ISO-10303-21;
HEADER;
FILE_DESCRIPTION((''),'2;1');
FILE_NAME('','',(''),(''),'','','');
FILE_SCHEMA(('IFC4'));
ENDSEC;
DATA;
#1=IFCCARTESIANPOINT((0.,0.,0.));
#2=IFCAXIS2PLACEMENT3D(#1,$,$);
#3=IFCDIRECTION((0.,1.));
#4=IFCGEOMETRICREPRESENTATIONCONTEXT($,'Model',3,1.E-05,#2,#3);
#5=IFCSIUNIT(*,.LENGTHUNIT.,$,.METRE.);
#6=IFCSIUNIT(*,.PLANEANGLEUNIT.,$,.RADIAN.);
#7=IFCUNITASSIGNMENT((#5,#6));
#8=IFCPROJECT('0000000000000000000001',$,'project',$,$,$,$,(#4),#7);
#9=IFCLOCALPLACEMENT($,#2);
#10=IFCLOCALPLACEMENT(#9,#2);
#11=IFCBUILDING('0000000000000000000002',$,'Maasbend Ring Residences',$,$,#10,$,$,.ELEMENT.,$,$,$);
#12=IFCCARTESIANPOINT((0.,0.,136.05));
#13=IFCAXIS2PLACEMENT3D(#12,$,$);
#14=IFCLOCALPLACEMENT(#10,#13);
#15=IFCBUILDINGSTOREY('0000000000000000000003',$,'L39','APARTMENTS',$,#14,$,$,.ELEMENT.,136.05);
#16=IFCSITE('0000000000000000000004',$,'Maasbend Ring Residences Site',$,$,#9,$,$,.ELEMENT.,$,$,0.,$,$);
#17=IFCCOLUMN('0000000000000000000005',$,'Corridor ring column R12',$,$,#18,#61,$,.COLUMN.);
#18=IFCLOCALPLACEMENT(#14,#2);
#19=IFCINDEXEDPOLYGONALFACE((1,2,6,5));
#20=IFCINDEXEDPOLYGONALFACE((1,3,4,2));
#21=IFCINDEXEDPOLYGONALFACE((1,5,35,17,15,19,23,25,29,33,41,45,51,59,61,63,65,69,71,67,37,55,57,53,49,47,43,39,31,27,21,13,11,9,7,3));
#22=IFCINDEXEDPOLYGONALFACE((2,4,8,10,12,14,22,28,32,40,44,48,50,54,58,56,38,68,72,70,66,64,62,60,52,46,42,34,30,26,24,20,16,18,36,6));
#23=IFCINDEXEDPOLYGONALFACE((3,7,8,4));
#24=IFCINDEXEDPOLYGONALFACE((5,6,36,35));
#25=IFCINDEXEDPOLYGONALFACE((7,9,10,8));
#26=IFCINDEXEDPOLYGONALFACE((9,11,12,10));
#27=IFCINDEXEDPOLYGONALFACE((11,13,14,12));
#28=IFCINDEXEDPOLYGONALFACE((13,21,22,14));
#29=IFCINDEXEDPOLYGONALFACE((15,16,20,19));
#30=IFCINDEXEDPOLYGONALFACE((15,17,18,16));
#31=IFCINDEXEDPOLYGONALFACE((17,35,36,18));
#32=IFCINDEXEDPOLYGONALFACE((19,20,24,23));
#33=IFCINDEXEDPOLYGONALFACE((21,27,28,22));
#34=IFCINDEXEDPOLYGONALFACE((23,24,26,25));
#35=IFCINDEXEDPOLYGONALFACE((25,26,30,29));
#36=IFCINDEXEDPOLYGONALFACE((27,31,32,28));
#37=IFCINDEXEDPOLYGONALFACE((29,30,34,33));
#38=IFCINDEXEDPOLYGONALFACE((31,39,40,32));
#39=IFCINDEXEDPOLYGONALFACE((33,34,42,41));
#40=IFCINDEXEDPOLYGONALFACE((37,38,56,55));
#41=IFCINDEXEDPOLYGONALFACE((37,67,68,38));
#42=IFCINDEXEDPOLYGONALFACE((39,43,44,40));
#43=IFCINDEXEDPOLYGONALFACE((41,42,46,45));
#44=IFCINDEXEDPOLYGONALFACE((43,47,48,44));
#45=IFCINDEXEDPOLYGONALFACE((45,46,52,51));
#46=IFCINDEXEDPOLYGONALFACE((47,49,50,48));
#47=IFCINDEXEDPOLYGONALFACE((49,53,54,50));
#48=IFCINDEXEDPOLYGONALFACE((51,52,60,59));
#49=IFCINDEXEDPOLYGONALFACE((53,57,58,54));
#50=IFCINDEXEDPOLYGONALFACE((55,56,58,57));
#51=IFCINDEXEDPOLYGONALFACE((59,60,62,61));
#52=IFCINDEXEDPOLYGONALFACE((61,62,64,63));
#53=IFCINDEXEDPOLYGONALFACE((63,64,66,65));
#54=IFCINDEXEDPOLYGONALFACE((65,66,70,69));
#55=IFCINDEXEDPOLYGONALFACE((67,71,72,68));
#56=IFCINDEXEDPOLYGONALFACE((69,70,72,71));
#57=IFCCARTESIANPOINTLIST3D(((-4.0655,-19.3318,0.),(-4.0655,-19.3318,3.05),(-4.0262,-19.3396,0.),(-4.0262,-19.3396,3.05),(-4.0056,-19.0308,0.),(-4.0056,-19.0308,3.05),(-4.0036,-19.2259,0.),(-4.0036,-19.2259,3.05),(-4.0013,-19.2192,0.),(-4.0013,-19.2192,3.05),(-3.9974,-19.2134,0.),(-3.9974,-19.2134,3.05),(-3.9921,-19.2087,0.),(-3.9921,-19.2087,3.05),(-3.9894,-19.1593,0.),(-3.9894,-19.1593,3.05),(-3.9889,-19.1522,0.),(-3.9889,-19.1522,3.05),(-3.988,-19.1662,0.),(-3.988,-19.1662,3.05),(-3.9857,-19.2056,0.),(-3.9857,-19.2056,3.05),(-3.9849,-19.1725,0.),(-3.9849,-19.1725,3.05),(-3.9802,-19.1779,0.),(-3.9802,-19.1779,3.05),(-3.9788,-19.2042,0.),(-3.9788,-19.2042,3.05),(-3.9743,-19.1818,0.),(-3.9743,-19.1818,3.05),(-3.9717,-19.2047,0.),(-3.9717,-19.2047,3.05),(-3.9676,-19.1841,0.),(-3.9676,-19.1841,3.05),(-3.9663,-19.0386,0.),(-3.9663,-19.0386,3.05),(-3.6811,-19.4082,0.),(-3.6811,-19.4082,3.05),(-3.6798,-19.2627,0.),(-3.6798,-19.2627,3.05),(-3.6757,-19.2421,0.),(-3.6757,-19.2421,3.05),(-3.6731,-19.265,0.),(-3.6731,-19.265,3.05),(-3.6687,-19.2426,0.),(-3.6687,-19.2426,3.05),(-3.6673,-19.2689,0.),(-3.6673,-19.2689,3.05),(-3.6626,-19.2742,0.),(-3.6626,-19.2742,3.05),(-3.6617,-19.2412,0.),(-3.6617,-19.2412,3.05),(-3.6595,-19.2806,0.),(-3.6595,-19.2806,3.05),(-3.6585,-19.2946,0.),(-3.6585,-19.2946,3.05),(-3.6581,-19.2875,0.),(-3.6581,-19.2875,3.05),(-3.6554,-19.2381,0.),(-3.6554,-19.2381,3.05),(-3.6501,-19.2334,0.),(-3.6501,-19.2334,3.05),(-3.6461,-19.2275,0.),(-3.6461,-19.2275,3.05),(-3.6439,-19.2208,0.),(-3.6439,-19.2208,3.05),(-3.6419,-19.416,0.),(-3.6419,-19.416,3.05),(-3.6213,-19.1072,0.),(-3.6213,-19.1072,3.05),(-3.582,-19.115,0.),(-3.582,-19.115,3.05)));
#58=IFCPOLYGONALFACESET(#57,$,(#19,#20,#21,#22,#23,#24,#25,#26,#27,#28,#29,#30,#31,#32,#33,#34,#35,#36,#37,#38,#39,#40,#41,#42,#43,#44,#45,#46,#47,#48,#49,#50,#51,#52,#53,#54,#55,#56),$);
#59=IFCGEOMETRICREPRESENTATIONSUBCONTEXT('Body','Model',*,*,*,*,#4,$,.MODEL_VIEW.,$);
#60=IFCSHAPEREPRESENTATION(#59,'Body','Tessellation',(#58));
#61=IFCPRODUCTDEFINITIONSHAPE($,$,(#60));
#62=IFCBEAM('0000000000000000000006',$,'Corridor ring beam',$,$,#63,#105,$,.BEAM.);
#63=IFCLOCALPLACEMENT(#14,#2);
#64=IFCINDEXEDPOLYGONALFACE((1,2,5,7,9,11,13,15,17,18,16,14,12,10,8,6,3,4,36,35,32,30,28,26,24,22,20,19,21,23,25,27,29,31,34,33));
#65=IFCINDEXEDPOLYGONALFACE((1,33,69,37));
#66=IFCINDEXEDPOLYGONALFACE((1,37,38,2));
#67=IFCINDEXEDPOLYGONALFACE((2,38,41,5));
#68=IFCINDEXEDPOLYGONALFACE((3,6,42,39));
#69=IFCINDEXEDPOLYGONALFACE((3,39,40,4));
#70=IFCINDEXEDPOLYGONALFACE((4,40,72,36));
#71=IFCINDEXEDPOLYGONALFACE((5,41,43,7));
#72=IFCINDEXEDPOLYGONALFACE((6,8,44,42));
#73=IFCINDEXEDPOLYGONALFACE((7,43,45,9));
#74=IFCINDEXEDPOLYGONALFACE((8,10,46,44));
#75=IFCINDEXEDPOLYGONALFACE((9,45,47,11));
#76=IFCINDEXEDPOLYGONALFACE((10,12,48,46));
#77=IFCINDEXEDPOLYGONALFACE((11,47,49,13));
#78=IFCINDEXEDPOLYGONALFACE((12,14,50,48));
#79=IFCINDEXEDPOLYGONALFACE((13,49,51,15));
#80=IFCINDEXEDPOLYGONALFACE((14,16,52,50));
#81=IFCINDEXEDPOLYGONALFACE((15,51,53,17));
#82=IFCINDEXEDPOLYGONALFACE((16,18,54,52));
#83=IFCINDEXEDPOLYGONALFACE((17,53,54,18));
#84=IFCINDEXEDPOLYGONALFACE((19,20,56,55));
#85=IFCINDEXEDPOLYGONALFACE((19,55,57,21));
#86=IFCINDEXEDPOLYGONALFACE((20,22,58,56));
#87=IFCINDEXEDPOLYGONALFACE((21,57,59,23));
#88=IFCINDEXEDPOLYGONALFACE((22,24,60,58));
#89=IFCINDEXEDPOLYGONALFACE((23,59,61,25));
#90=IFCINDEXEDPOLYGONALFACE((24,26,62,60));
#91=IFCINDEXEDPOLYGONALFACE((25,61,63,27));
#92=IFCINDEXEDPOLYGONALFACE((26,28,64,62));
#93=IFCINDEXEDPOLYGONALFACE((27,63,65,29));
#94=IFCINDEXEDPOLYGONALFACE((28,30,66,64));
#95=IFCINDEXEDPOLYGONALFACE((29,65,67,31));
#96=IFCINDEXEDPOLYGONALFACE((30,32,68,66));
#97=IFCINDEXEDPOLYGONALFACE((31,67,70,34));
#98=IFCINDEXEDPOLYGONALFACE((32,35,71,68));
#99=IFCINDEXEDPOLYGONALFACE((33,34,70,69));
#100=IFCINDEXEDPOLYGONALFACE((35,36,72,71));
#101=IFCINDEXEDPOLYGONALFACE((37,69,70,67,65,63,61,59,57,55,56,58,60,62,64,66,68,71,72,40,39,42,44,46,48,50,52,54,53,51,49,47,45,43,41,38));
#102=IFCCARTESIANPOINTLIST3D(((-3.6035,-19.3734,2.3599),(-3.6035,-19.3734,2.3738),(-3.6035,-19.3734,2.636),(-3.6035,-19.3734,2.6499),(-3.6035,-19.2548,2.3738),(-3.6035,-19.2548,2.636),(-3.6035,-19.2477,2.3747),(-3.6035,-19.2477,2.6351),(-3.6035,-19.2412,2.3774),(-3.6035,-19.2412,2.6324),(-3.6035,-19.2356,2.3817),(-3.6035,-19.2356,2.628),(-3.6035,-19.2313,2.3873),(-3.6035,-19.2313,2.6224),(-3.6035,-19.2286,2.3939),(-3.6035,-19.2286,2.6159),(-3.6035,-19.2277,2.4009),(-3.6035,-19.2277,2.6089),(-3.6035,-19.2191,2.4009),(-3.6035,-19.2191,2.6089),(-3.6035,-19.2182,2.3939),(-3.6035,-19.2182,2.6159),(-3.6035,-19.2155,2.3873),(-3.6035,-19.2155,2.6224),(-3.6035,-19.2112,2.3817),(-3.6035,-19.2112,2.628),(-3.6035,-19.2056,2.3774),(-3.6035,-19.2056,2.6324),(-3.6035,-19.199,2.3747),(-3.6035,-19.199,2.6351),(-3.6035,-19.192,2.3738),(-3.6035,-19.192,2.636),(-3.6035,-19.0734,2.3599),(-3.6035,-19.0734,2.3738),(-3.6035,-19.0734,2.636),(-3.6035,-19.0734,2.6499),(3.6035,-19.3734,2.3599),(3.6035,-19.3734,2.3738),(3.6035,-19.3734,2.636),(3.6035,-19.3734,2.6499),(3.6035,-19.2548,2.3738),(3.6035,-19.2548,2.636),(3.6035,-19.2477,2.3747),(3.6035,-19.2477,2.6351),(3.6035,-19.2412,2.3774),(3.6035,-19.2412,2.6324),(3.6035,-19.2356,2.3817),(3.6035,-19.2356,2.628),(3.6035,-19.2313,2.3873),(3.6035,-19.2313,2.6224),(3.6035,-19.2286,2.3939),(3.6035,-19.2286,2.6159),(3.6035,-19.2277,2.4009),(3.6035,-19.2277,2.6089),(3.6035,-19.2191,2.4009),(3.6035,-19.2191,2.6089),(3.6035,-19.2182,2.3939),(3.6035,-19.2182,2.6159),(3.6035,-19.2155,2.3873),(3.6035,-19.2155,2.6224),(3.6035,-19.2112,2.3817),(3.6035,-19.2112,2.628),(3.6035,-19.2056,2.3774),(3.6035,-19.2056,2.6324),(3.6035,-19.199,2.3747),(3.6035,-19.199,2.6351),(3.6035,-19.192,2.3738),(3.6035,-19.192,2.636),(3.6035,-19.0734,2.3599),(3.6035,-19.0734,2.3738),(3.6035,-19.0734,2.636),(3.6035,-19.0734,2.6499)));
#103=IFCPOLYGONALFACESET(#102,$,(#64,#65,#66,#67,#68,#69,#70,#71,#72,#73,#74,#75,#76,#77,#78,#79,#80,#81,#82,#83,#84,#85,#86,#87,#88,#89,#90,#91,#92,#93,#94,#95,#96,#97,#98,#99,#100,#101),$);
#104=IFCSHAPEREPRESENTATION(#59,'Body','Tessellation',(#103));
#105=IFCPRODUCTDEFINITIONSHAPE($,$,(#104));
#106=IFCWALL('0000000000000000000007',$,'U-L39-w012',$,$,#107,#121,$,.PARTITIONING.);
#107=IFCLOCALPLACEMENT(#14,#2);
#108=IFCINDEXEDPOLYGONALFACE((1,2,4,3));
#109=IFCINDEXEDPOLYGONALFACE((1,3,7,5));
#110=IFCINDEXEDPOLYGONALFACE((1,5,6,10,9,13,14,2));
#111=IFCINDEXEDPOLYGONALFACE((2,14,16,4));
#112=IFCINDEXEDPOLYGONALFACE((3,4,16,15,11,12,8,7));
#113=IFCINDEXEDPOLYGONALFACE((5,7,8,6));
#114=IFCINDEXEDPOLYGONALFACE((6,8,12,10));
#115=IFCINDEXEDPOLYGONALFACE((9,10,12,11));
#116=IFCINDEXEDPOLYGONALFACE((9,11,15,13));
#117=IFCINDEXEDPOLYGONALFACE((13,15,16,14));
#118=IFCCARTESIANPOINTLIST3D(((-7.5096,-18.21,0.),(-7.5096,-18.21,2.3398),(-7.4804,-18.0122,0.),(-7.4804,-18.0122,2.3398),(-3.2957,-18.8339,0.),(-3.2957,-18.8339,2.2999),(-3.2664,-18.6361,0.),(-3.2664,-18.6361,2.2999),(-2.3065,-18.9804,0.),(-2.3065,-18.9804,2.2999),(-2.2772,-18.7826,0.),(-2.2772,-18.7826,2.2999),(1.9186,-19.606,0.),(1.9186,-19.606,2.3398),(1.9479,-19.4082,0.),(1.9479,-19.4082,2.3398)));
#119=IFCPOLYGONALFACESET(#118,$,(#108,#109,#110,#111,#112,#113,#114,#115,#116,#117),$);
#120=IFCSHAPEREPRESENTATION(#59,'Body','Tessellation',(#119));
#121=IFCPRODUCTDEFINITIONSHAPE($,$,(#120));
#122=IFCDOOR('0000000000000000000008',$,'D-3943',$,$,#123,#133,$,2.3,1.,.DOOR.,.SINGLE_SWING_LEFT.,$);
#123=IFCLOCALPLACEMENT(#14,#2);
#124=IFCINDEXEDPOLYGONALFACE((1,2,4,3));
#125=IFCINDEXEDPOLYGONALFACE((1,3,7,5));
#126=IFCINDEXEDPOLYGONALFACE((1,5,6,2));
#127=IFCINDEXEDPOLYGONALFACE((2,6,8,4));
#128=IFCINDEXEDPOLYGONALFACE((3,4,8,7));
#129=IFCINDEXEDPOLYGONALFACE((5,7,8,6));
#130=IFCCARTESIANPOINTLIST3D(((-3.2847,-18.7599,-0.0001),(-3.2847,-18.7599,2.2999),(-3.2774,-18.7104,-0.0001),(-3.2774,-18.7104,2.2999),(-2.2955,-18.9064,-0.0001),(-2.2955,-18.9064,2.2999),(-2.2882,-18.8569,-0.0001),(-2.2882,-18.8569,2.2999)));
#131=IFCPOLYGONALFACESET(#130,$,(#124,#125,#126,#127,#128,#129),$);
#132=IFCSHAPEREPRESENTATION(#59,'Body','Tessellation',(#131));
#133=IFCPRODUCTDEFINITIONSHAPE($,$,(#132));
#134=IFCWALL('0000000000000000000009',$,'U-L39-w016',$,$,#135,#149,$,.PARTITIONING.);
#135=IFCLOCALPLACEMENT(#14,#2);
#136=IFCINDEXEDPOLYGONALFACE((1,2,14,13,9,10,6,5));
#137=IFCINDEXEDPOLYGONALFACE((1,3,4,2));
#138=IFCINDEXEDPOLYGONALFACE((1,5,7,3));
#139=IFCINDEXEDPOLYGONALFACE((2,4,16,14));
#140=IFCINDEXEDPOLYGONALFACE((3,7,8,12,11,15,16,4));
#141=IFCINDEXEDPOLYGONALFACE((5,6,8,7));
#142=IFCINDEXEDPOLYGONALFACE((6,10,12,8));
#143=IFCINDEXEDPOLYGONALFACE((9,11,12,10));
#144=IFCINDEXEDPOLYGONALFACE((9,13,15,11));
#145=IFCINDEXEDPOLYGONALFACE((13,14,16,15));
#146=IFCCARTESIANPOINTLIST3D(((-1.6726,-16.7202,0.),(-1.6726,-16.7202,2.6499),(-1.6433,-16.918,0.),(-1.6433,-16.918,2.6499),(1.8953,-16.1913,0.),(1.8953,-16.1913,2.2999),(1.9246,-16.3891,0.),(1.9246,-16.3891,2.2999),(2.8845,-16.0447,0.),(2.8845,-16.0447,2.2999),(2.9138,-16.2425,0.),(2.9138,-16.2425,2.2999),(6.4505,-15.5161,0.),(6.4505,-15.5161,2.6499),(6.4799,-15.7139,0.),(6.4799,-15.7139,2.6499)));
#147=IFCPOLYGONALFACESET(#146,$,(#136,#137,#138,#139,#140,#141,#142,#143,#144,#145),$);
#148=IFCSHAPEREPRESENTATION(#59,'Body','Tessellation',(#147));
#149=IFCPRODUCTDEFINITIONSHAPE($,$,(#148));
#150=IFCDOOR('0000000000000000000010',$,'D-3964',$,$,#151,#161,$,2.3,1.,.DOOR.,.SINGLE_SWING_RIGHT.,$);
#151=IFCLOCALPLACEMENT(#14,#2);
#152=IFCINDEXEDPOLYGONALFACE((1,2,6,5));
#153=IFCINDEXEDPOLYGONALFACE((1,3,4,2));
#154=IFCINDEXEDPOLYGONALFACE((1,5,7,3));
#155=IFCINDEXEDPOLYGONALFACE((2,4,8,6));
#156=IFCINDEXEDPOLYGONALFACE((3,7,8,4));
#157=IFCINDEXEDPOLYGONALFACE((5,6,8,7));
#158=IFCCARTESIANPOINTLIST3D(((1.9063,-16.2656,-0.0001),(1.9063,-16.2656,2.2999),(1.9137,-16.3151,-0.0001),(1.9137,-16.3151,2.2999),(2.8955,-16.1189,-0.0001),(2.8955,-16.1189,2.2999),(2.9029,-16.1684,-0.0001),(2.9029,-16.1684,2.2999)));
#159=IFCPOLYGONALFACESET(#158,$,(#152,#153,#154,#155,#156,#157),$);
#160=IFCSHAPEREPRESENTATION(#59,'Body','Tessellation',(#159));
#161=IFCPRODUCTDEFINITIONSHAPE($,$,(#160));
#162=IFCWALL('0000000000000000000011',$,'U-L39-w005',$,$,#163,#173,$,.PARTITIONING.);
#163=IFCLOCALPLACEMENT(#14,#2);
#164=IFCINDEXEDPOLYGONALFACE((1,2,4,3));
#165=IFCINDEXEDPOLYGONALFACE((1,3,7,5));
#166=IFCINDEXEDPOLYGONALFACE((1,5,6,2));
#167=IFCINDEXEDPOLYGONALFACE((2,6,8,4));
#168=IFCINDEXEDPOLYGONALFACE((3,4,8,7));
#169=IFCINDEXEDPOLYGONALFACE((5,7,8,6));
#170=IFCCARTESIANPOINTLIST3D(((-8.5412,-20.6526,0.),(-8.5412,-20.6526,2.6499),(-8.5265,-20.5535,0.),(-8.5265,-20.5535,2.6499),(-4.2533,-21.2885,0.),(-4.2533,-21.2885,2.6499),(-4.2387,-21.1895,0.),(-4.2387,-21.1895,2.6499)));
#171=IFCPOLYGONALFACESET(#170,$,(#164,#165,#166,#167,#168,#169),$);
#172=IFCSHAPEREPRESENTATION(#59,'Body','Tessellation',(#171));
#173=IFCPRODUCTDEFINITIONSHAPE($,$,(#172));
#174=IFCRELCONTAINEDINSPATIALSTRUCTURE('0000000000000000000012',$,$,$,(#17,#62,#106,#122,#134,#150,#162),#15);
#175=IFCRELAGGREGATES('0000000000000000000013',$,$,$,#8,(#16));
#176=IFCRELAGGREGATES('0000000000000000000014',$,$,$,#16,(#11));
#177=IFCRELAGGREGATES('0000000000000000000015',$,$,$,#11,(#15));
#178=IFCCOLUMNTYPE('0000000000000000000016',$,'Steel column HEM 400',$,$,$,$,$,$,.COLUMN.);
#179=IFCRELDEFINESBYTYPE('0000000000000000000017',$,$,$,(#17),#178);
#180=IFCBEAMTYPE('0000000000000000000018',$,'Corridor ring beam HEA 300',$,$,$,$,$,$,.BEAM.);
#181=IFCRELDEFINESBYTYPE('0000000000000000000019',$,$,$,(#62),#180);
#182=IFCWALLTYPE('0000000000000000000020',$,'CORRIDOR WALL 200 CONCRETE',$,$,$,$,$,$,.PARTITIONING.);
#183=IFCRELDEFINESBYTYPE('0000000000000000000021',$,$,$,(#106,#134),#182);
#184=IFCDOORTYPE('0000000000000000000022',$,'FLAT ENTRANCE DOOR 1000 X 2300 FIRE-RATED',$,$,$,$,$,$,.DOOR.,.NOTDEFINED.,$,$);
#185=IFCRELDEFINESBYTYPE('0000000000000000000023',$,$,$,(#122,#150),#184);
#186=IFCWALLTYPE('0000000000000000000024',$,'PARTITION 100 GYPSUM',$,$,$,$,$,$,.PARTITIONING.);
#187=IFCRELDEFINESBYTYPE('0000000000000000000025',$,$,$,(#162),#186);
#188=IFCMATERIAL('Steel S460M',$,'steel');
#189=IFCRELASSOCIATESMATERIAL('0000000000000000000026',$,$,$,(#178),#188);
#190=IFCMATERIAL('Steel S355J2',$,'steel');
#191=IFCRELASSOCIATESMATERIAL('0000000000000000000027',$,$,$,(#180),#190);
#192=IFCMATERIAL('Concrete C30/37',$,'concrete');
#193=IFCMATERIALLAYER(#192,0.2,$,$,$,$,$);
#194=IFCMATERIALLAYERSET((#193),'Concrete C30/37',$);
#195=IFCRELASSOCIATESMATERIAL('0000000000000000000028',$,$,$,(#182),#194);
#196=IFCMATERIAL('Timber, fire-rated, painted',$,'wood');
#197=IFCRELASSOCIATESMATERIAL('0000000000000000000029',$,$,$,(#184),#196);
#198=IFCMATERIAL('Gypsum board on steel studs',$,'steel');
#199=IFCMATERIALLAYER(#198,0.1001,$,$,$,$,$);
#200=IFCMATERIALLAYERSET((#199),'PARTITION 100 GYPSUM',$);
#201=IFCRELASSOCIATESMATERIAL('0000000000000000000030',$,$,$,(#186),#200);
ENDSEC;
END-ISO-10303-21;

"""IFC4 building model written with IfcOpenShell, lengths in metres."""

from ifc_helpers import new_model, si_unit, direction, frame, frame_2d, origin, origin_2d, place, context, subcontext, project, spatial, rectangle, i_section, extrude, material, layer, layer_set, material_profile, profile_set, type_object, element, fill, save


model = new_model("IFC4")

# Units and contexts
model_context = context("Model", 3, precision=1e-05, world=origin(), true_north=direction((0.0, 1.0)))
body_context = subcontext(model_context, "Body", "Model", "MODEL_VIEW")
ifc_project = project(units=[si_unit("LENGTHUNIT", "METRE"), si_unit("PLANEANGLEUNIT", "RADIAN")], contexts=[model_context])

# Site, building, storey
site_placement = place(None, origin())
site = spatial("IfcSite", under=ifc_project, at=site_placement, Name="Maasbend Ring Residences Site", CompositionType="ELEMENT", RefElevation=0.0)
building_placement = place(site_placement, origin())
building = spatial("IfcBuilding", under=site, at=building_placement, Name="Maasbend Ring Residences", CompositionType="ELEMENT")
storey_placement = place(building_placement, frame((0.0, 0.0, 136.05)))
storey = spatial("IfcBuildingStorey", under=building, at=storey_placement, Name="L39", Description="APARTMENTS", CompositionType="ELEMENT", Elevation=136.05)

# Column
ifc_material_1 = material(Name="Steel S460M", Category="steel")
ifc_material_profile_1 = material_profile(ifc_material_1, i_section(OverallWidth=0.3069, OverallDepth=0.4319, WebThickness=0.021, FlangeThickness=0.04, FilletRadius=0.0271, at=origin_2d()), Name="HEM 400")
ifc_profile_set_1 = profile_set([ifc_material_profile_1], Name="Steel S460M")
column_type = type_object("IfcColumnType", Name="Steel column HEM 400", PredefinedType="COLUMN", material=ifc_profile_set_1)
column_placement = place(storey_placement, frame((-3.8237, -19.2234, 0.0), z_axis=(0.0, 0.0, 1.0), x_axis=(-0.19509, -0.980785, 0.0)))
element("IfcColumn", 1, at=column_placement, inside=storey, type_object=column_type, Name="Corridor ring column R12", PredefinedType="COLUMN", context=body_context, shape_type="SweptSolid", body=[
    extrude(i_section(OverallWidth=0.3069, OverallDepth=0.4319, WebThickness=0.021, FlangeThickness=0.04, FilletRadius=0.0271, at=origin_2d()), origin(), (0.0, 0.0, 1.0), 3.05),
])

# Beam
ifc_material_2 = material(Name="Steel S355J2", Category="steel")
ifc_material_profile_2 = material_profile(ifc_material_2, i_section(OverallWidth=0.3, OverallDepth=0.29, WebThickness=0.0085, FlangeThickness=0.0139, FilletRadius=0.0271, at=origin_2d()), Name="HEA 300")
ifc_profile_set_2 = profile_set([ifc_material_profile_2], Name="Steel S355J2")
beam_type = type_object("IfcBeamType", Name="Corridor ring beam HEA 300", PredefinedType="BEAM", material=ifc_profile_set_2)
beam_placement = place(storey_placement, frame((-3.6035, -19.2234, 2.5049), z_axis=(1.0, 0.0, 0.0), x_axis=(0.0, 1.0, 0.0)))
element("IfcBeam", 2, at=beam_placement, inside=storey, type_object=beam_type, Name="Corridor ring beam", PredefinedType="BEAM", context=body_context, shape_type="SweptSolid", body=[
    extrude(i_section(OverallWidth=0.3, OverallDepth=0.29, WebThickness=0.0085, FlangeThickness=0.0139, FilletRadius=0.0271, at=origin_2d()), origin(), (0.0, 0.0, 1.0), 7.207),
])

# Walls, openings, doors
ifc_material_3 = material(Name="Concrete C30/37", Category="concrete")
ifc_layer_1 = layer(ifc_material_3, 0.2)
ifc_layer_set_1 = layer_set([ifc_layer_1], Name="Concrete C30/37")
wall_type_1 = type_object("IfcWallType", Name="CORRIDOR WALL 200 CONCRETE", PredefinedType="PARTITIONING", material=ifc_layer_set_1)
wall_1_placement = place(storey_placement, frame((-7.4951, -18.1111, 0.0), z_axis=(0.0, 0.0, 1.0), x_axis=(0.989215, -0.146469, 0.0)))
wall_1 = element("IfcWall", 3, at=wall_1_placement, inside=storey, type_object=wall_type_1, Name="U-L39-w012", PredefinedType="PARTITIONING", context=body_context, shape_type="SweptSolid", body=[
    extrude(rectangle(XDim=9.531, YDim=0.2, at=frame_2d((4.7656, 0.0))), origin(), (0.0, 0.0, 1.0), 2.3398),
])
opening_1_placement = place(wall_1_placement, frame((4.26, 0.0, 0.0)))
opening_1 = element("IfcOpeningElement", 4, at=opening_1_placement, cuts=wall_1, PredefinedType="OPENING", context=body_context, shape_type="SweptSolid", body=[
    extrude(rectangle(XDim=1.0, YDim=2.3, at=frame_2d((0.5, 1.1499))), frame((0.0, 0.1099, 0.0), z_axis=(0.0, -1.0, 0.0), x_axis=(1.0, 0.0, 0.0)), (0.0, 0.0, 1.0), 0.22),
])
ifc_material_4 = material(Name="Timber, fire-rated, painted", Category="wood")
door_type_1 = type_object("IfcDoorType", Name="FLAT ENTRANCE DOOR 1000 X 2300 FIRE-RATED", OperationType="NOTDEFINED", PredefinedType="DOOR", material=ifc_material_4)
door_1_placement = place(opening_1_placement, origin())
door_1 = element("IfcDoor", 5, at=door_1_placement, inside=storey, type_object=door_type_1, Name="D-3943", OperationType="SINGLE_SWING_LEFT", OverallHeight=2.3, OverallWidth=1.0, PredefinedType="DOOR", context=body_context, shape_type="SweptSolid", body=[
    extrude(rectangle(XDim=1.0, YDim=2.3, at=frame_2d((0.5, 1.1499))), frame((0.0, 0.0249, 0.0), z_axis=(0.0, -1.0, 0.0), x_axis=(1.0, 0.0, 0.0)), (0.0, 0.0, 1.0), 0.05),
])
fill(opening_1, door_1)
wall_2_placement = place(storey_placement, frame((-1.658, -16.8191, 0.0), z_axis=(0.0, 0.0, 1.0), x_axis=(0.989191, 0.146631, 0.0)))
wall_2 = element("IfcWall", 6, at=wall_2_placement, inside=storey, type_object=wall_type_1, Name="U-L39-w016", PredefinedType="PARTITIONING", context=body_context, shape_type="SweptSolid", body=[
    extrude(rectangle(XDim=8.2119, YDim=0.2, at=frame_2d((4.106, 0.0))), origin(), (0.0, 0.0, 1.0), 2.6499),
])
opening_2_placement = place(wall_2_placement, frame((3.6069, 0.0, 0.0)))
opening_2 = element("IfcOpeningElement", 7, at=opening_2_placement, cuts=wall_2, PredefinedType="OPENING", context=body_context, shape_type="SweptSolid", body=[
    extrude(rectangle(XDim=1.0, YDim=2.3, at=frame_2d((0.5, 1.1499))), frame((0.0, 0.1099, 0.0), z_axis=(0.0, -1.0, 0.0), x_axis=(1.0, 0.0, 0.0)), (0.0, 0.0, 1.0), 0.22),
])
door_2_placement = place(opening_2_placement, origin())
door_2 = element("IfcDoor", 8, at=door_2_placement, inside=storey, type_object=door_type_1, Name="D-3964", OperationType="SINGLE_SWING_RIGHT", OverallHeight=2.3, OverallWidth=1.0, PredefinedType="DOOR", context=body_context, shape_type="SweptSolid", body=[
    extrude(rectangle(XDim=1.0, YDim=2.3, at=frame_2d((0.5, 1.1499))), frame((0.0, 0.0249, 0.0), z_axis=(0.0, -1.0, 0.0), x_axis=(1.0, 0.0, 0.0)), (0.0, 0.0, 1.0), 0.05),
])
fill(opening_2, door_2)

# Wall
ifc_material_5 = material(Name="Gypsum board on steel studs", Category="steel")
ifc_layer_2 = layer(ifc_material_5, 0.1001)
ifc_layer_set_2 = layer_set([ifc_layer_2], Name="PARTITION 100 GYPSUM")
wall_type_2 = type_object("IfcWallType", Name="PARTITION 100 GYPSUM", PredefinedType="PARTITIONING", material=ifc_layer_set_2)
wall_3_placement = place(storey_placement, frame((-8.5339, -20.603, 0.0), z_axis=(0.0, 0.0, 1.0), x_axis=(0.989178, -0.146718, 0.0)))
element("IfcWall", 9, at=wall_3_placement, inside=storey, type_object=wall_type_2, Name="U-L39-w005", PredefinedType="PARTITIONING", context=body_context, shape_type="SweptSolid", body=[
    extrude(rectangle(XDim=4.3347, YDim=0.1001, at=frame_2d((2.1675, 0.0))), origin(), (0.0, 0.0, 1.0), 2.6499),
])

save(model, "model.ifc")
